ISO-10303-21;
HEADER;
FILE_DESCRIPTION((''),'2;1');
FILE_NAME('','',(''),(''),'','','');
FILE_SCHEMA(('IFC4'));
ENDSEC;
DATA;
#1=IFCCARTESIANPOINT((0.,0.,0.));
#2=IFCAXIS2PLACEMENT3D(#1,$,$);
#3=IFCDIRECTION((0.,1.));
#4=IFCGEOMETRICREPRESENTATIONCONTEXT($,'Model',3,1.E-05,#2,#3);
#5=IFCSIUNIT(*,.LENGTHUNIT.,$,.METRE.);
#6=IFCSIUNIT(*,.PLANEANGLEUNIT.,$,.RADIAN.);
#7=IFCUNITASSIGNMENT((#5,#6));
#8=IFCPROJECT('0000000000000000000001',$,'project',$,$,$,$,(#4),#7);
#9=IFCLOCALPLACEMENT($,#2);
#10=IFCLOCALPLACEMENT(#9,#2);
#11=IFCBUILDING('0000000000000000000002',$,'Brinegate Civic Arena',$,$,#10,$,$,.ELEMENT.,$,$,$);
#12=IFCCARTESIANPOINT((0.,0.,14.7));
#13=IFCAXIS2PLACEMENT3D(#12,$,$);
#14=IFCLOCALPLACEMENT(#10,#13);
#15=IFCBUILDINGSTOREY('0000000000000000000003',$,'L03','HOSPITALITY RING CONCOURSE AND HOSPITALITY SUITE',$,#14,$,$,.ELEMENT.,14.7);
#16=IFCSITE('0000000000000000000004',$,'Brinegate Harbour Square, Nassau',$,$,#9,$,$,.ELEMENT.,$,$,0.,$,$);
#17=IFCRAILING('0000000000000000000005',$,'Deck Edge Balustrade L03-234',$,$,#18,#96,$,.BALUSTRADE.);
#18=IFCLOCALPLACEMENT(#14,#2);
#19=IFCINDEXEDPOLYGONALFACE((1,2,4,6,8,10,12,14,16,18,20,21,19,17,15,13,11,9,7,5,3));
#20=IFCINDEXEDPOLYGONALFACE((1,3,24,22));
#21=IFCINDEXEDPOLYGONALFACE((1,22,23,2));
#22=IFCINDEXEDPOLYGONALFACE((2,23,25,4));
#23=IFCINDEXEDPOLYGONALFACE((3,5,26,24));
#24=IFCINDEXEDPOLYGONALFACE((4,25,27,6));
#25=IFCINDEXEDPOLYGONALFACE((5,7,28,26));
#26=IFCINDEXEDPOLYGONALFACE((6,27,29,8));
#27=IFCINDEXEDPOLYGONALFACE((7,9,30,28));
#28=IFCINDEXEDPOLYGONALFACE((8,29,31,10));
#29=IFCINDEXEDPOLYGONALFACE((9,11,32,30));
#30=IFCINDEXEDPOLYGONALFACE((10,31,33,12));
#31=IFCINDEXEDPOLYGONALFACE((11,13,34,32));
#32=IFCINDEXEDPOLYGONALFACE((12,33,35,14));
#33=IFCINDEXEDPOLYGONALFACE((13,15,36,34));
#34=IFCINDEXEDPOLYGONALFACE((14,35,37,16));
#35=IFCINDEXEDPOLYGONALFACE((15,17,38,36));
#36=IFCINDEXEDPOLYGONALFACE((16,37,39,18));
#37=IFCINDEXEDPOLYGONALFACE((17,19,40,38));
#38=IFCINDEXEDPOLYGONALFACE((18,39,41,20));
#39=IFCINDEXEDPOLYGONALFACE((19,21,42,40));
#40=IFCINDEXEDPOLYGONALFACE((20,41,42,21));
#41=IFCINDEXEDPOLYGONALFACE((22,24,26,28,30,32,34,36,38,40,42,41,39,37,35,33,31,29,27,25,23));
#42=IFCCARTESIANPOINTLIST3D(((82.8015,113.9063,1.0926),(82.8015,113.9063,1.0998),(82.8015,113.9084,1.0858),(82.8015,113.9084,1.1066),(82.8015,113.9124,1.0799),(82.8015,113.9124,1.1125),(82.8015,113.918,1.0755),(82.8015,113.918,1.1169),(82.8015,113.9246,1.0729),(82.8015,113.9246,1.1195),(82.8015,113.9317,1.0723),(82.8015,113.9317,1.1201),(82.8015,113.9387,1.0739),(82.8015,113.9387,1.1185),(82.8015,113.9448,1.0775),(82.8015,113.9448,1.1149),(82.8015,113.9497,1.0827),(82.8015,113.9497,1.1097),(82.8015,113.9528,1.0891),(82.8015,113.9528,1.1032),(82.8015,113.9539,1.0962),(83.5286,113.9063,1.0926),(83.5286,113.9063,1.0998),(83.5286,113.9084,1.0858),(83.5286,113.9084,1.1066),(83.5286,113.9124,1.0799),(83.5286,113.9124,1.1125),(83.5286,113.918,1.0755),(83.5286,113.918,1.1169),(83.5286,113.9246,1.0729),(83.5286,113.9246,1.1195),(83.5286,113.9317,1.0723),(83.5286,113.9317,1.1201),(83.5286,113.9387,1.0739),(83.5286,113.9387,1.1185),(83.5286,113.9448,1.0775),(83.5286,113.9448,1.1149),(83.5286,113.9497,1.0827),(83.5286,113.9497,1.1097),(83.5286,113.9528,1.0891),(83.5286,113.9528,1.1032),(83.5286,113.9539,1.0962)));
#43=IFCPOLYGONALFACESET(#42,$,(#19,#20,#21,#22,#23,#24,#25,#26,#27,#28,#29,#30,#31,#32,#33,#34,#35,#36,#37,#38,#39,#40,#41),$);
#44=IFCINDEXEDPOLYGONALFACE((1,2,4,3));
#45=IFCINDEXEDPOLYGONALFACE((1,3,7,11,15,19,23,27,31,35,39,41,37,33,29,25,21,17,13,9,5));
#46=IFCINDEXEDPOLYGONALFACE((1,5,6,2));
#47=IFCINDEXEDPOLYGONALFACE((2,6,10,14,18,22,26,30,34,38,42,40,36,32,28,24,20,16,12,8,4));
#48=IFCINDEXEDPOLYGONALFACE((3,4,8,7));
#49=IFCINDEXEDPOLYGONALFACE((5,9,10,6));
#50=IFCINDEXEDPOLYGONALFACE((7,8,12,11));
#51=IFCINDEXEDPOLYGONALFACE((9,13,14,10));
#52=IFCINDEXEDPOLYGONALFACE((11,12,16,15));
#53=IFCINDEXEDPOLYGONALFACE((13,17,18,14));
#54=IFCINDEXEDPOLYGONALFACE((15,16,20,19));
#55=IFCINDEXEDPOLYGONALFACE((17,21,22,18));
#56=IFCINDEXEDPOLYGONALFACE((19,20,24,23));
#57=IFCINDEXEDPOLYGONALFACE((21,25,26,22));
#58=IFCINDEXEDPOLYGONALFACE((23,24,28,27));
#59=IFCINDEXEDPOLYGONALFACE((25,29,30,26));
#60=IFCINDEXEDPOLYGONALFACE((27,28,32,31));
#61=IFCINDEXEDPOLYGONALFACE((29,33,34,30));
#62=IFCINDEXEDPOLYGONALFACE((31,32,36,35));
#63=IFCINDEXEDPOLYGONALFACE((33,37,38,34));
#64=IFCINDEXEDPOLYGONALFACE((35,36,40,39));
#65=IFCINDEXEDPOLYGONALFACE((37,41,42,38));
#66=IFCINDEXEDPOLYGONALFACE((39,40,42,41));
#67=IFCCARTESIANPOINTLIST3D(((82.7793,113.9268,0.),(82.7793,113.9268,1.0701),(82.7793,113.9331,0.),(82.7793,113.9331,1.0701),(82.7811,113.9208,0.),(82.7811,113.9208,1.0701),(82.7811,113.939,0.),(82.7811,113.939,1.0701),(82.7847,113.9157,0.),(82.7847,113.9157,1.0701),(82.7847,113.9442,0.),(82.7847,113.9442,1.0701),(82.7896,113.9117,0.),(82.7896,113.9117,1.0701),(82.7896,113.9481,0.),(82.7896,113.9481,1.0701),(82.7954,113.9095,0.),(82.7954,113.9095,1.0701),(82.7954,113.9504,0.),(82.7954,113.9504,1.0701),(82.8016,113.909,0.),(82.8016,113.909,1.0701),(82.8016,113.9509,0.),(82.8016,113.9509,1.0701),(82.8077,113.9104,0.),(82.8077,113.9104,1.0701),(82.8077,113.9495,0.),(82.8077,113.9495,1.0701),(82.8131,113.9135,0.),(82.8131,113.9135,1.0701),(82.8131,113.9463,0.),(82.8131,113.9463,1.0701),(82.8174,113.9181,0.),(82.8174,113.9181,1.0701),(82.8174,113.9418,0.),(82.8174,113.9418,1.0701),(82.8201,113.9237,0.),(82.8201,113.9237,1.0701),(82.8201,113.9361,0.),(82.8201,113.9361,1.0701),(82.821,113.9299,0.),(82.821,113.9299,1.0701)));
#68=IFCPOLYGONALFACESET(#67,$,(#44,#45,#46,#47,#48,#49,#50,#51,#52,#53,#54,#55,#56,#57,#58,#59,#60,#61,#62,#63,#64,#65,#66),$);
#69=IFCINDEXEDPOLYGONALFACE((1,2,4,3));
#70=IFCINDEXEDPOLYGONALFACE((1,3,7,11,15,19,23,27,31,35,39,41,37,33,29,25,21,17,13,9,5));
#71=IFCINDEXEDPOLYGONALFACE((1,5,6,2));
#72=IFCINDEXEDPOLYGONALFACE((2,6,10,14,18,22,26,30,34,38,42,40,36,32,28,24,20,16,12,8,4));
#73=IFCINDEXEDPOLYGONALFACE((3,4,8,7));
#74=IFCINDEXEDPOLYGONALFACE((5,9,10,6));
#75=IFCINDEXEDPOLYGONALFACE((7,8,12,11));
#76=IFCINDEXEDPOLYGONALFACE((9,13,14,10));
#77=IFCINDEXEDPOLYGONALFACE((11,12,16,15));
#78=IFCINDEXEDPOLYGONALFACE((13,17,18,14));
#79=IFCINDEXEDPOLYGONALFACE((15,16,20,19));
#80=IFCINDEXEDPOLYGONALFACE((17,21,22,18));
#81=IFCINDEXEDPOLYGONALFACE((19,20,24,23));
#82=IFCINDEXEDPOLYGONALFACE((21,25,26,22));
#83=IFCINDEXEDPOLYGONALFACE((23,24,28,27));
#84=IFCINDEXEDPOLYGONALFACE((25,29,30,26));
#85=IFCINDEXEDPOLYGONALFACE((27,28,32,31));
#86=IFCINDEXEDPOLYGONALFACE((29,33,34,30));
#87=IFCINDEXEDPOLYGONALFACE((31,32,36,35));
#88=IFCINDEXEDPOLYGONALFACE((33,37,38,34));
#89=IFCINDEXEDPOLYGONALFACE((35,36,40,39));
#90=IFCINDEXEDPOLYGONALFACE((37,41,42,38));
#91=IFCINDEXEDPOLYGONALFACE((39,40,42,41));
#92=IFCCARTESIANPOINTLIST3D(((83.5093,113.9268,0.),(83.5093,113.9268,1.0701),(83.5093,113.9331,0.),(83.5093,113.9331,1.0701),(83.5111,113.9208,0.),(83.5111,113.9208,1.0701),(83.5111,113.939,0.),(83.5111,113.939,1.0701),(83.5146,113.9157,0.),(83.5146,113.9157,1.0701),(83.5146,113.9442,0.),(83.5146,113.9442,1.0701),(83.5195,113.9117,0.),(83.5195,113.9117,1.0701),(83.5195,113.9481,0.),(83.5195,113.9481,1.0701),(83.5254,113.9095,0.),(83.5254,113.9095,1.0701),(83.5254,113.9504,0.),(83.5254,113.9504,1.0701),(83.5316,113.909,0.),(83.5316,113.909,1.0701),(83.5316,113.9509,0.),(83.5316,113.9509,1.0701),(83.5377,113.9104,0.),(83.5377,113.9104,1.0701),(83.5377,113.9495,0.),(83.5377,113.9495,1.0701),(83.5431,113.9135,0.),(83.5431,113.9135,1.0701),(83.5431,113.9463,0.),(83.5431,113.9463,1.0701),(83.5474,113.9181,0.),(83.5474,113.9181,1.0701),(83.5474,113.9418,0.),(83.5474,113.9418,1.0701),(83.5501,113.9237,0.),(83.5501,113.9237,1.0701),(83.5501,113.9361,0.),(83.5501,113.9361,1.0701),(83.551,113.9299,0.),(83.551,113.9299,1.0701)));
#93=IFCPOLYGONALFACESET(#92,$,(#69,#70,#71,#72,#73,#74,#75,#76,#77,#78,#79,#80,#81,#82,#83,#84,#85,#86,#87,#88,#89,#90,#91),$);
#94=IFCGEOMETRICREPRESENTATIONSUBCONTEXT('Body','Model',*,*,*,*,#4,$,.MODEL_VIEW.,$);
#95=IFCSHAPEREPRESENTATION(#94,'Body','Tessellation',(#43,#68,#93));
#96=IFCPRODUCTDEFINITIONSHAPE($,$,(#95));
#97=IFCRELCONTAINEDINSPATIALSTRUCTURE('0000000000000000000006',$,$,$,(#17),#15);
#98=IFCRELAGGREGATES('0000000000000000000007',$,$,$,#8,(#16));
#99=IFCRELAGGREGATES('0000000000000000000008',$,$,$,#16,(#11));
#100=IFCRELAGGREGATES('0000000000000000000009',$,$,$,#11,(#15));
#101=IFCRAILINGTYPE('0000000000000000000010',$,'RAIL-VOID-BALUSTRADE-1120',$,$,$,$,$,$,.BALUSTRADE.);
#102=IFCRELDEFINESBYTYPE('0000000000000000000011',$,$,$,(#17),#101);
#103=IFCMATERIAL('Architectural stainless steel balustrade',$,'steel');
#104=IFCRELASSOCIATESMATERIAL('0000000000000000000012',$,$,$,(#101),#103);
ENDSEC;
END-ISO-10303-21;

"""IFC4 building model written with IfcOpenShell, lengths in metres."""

from ifc_helpers import new_model, si_unit, direction, frame, origin, origin_2d, place, context, subcontext, project, spatial, circle, extrude, material, type_object, element, save


model = new_model("IFC4")

# Units and contexts
model_context = context("Model", 3, precision=1e-05, world=origin(), true_north=direction((0.0, 1.0)))
body_context = subcontext(model_context, "Body", "Model", "MODEL_VIEW")
ifc_project = project(units=[si_unit("LENGTHUNIT", "METRE"), si_unit("PLANEANGLEUNIT", "RADIAN")], contexts=[model_context])

# Site, building, storey
site_placement = place(None, origin())
site = spatial("IfcSite", under=ifc_project, at=site_placement, Name="Brinegate Harbour Square, Nassau", CompositionType="ELEMENT", RefElevation=0.0)
building_placement = place(site_placement, origin())
building = spatial("IfcBuilding", under=site, at=building_placement, Name="Brinegate Civic Arena", CompositionType="ELEMENT")
storey_placement = place(building_placement, frame((0.0, 0.0, 14.7)))
storey = spatial("IfcBuildingStorey", under=building, at=storey_placement, Name="L03", Description="HOSPITALITY RING CONCOURSE AND HOSPITALITY SUITE", CompositionType="ELEMENT", Elevation=14.7)

# Railing
ifc_material_1 = material(Name="Architectural stainless steel balustrade", Category="steel")
railing_type_1 = type_object("IfcRailingType", Name="RAIL-VOID-BALUSTRADE-1120", PredefinedType="BALUSTRADE", material=ifc_material_1)
railing_placement = place(storey_placement, frame((82.8, 113.9299, 0.0)))
element("IfcRailing", 1, at=railing_placement, inside=storey, type_object=railing_type_1, Name="Deck Edge Balustrade L03-234", PredefinedType="BALUSTRADE", context=body_context, shape_type="SweptSolid", body=[
    extrude(circle(Radius=0.0239, at=origin_2d()), frame((0.0015, 0.0, 1.0962), z_axis=(1.0, 0.0, 0.0), x_axis=(0.0, 1.0, 0.0)), (0.0, 0.0, 1.0), 0.7271),
    extrude(circle(Radius=0.021, at=origin_2d()), origin(), (0.0, 0.0, 1.0), 1.0701),
    extrude(circle(Radius=0.021, at=origin_2d()), frame((0.73, 0.0, 0.0)), (0.0, 0.0, 1.0), 1.0701),
])

save(model, "model.ifc")
